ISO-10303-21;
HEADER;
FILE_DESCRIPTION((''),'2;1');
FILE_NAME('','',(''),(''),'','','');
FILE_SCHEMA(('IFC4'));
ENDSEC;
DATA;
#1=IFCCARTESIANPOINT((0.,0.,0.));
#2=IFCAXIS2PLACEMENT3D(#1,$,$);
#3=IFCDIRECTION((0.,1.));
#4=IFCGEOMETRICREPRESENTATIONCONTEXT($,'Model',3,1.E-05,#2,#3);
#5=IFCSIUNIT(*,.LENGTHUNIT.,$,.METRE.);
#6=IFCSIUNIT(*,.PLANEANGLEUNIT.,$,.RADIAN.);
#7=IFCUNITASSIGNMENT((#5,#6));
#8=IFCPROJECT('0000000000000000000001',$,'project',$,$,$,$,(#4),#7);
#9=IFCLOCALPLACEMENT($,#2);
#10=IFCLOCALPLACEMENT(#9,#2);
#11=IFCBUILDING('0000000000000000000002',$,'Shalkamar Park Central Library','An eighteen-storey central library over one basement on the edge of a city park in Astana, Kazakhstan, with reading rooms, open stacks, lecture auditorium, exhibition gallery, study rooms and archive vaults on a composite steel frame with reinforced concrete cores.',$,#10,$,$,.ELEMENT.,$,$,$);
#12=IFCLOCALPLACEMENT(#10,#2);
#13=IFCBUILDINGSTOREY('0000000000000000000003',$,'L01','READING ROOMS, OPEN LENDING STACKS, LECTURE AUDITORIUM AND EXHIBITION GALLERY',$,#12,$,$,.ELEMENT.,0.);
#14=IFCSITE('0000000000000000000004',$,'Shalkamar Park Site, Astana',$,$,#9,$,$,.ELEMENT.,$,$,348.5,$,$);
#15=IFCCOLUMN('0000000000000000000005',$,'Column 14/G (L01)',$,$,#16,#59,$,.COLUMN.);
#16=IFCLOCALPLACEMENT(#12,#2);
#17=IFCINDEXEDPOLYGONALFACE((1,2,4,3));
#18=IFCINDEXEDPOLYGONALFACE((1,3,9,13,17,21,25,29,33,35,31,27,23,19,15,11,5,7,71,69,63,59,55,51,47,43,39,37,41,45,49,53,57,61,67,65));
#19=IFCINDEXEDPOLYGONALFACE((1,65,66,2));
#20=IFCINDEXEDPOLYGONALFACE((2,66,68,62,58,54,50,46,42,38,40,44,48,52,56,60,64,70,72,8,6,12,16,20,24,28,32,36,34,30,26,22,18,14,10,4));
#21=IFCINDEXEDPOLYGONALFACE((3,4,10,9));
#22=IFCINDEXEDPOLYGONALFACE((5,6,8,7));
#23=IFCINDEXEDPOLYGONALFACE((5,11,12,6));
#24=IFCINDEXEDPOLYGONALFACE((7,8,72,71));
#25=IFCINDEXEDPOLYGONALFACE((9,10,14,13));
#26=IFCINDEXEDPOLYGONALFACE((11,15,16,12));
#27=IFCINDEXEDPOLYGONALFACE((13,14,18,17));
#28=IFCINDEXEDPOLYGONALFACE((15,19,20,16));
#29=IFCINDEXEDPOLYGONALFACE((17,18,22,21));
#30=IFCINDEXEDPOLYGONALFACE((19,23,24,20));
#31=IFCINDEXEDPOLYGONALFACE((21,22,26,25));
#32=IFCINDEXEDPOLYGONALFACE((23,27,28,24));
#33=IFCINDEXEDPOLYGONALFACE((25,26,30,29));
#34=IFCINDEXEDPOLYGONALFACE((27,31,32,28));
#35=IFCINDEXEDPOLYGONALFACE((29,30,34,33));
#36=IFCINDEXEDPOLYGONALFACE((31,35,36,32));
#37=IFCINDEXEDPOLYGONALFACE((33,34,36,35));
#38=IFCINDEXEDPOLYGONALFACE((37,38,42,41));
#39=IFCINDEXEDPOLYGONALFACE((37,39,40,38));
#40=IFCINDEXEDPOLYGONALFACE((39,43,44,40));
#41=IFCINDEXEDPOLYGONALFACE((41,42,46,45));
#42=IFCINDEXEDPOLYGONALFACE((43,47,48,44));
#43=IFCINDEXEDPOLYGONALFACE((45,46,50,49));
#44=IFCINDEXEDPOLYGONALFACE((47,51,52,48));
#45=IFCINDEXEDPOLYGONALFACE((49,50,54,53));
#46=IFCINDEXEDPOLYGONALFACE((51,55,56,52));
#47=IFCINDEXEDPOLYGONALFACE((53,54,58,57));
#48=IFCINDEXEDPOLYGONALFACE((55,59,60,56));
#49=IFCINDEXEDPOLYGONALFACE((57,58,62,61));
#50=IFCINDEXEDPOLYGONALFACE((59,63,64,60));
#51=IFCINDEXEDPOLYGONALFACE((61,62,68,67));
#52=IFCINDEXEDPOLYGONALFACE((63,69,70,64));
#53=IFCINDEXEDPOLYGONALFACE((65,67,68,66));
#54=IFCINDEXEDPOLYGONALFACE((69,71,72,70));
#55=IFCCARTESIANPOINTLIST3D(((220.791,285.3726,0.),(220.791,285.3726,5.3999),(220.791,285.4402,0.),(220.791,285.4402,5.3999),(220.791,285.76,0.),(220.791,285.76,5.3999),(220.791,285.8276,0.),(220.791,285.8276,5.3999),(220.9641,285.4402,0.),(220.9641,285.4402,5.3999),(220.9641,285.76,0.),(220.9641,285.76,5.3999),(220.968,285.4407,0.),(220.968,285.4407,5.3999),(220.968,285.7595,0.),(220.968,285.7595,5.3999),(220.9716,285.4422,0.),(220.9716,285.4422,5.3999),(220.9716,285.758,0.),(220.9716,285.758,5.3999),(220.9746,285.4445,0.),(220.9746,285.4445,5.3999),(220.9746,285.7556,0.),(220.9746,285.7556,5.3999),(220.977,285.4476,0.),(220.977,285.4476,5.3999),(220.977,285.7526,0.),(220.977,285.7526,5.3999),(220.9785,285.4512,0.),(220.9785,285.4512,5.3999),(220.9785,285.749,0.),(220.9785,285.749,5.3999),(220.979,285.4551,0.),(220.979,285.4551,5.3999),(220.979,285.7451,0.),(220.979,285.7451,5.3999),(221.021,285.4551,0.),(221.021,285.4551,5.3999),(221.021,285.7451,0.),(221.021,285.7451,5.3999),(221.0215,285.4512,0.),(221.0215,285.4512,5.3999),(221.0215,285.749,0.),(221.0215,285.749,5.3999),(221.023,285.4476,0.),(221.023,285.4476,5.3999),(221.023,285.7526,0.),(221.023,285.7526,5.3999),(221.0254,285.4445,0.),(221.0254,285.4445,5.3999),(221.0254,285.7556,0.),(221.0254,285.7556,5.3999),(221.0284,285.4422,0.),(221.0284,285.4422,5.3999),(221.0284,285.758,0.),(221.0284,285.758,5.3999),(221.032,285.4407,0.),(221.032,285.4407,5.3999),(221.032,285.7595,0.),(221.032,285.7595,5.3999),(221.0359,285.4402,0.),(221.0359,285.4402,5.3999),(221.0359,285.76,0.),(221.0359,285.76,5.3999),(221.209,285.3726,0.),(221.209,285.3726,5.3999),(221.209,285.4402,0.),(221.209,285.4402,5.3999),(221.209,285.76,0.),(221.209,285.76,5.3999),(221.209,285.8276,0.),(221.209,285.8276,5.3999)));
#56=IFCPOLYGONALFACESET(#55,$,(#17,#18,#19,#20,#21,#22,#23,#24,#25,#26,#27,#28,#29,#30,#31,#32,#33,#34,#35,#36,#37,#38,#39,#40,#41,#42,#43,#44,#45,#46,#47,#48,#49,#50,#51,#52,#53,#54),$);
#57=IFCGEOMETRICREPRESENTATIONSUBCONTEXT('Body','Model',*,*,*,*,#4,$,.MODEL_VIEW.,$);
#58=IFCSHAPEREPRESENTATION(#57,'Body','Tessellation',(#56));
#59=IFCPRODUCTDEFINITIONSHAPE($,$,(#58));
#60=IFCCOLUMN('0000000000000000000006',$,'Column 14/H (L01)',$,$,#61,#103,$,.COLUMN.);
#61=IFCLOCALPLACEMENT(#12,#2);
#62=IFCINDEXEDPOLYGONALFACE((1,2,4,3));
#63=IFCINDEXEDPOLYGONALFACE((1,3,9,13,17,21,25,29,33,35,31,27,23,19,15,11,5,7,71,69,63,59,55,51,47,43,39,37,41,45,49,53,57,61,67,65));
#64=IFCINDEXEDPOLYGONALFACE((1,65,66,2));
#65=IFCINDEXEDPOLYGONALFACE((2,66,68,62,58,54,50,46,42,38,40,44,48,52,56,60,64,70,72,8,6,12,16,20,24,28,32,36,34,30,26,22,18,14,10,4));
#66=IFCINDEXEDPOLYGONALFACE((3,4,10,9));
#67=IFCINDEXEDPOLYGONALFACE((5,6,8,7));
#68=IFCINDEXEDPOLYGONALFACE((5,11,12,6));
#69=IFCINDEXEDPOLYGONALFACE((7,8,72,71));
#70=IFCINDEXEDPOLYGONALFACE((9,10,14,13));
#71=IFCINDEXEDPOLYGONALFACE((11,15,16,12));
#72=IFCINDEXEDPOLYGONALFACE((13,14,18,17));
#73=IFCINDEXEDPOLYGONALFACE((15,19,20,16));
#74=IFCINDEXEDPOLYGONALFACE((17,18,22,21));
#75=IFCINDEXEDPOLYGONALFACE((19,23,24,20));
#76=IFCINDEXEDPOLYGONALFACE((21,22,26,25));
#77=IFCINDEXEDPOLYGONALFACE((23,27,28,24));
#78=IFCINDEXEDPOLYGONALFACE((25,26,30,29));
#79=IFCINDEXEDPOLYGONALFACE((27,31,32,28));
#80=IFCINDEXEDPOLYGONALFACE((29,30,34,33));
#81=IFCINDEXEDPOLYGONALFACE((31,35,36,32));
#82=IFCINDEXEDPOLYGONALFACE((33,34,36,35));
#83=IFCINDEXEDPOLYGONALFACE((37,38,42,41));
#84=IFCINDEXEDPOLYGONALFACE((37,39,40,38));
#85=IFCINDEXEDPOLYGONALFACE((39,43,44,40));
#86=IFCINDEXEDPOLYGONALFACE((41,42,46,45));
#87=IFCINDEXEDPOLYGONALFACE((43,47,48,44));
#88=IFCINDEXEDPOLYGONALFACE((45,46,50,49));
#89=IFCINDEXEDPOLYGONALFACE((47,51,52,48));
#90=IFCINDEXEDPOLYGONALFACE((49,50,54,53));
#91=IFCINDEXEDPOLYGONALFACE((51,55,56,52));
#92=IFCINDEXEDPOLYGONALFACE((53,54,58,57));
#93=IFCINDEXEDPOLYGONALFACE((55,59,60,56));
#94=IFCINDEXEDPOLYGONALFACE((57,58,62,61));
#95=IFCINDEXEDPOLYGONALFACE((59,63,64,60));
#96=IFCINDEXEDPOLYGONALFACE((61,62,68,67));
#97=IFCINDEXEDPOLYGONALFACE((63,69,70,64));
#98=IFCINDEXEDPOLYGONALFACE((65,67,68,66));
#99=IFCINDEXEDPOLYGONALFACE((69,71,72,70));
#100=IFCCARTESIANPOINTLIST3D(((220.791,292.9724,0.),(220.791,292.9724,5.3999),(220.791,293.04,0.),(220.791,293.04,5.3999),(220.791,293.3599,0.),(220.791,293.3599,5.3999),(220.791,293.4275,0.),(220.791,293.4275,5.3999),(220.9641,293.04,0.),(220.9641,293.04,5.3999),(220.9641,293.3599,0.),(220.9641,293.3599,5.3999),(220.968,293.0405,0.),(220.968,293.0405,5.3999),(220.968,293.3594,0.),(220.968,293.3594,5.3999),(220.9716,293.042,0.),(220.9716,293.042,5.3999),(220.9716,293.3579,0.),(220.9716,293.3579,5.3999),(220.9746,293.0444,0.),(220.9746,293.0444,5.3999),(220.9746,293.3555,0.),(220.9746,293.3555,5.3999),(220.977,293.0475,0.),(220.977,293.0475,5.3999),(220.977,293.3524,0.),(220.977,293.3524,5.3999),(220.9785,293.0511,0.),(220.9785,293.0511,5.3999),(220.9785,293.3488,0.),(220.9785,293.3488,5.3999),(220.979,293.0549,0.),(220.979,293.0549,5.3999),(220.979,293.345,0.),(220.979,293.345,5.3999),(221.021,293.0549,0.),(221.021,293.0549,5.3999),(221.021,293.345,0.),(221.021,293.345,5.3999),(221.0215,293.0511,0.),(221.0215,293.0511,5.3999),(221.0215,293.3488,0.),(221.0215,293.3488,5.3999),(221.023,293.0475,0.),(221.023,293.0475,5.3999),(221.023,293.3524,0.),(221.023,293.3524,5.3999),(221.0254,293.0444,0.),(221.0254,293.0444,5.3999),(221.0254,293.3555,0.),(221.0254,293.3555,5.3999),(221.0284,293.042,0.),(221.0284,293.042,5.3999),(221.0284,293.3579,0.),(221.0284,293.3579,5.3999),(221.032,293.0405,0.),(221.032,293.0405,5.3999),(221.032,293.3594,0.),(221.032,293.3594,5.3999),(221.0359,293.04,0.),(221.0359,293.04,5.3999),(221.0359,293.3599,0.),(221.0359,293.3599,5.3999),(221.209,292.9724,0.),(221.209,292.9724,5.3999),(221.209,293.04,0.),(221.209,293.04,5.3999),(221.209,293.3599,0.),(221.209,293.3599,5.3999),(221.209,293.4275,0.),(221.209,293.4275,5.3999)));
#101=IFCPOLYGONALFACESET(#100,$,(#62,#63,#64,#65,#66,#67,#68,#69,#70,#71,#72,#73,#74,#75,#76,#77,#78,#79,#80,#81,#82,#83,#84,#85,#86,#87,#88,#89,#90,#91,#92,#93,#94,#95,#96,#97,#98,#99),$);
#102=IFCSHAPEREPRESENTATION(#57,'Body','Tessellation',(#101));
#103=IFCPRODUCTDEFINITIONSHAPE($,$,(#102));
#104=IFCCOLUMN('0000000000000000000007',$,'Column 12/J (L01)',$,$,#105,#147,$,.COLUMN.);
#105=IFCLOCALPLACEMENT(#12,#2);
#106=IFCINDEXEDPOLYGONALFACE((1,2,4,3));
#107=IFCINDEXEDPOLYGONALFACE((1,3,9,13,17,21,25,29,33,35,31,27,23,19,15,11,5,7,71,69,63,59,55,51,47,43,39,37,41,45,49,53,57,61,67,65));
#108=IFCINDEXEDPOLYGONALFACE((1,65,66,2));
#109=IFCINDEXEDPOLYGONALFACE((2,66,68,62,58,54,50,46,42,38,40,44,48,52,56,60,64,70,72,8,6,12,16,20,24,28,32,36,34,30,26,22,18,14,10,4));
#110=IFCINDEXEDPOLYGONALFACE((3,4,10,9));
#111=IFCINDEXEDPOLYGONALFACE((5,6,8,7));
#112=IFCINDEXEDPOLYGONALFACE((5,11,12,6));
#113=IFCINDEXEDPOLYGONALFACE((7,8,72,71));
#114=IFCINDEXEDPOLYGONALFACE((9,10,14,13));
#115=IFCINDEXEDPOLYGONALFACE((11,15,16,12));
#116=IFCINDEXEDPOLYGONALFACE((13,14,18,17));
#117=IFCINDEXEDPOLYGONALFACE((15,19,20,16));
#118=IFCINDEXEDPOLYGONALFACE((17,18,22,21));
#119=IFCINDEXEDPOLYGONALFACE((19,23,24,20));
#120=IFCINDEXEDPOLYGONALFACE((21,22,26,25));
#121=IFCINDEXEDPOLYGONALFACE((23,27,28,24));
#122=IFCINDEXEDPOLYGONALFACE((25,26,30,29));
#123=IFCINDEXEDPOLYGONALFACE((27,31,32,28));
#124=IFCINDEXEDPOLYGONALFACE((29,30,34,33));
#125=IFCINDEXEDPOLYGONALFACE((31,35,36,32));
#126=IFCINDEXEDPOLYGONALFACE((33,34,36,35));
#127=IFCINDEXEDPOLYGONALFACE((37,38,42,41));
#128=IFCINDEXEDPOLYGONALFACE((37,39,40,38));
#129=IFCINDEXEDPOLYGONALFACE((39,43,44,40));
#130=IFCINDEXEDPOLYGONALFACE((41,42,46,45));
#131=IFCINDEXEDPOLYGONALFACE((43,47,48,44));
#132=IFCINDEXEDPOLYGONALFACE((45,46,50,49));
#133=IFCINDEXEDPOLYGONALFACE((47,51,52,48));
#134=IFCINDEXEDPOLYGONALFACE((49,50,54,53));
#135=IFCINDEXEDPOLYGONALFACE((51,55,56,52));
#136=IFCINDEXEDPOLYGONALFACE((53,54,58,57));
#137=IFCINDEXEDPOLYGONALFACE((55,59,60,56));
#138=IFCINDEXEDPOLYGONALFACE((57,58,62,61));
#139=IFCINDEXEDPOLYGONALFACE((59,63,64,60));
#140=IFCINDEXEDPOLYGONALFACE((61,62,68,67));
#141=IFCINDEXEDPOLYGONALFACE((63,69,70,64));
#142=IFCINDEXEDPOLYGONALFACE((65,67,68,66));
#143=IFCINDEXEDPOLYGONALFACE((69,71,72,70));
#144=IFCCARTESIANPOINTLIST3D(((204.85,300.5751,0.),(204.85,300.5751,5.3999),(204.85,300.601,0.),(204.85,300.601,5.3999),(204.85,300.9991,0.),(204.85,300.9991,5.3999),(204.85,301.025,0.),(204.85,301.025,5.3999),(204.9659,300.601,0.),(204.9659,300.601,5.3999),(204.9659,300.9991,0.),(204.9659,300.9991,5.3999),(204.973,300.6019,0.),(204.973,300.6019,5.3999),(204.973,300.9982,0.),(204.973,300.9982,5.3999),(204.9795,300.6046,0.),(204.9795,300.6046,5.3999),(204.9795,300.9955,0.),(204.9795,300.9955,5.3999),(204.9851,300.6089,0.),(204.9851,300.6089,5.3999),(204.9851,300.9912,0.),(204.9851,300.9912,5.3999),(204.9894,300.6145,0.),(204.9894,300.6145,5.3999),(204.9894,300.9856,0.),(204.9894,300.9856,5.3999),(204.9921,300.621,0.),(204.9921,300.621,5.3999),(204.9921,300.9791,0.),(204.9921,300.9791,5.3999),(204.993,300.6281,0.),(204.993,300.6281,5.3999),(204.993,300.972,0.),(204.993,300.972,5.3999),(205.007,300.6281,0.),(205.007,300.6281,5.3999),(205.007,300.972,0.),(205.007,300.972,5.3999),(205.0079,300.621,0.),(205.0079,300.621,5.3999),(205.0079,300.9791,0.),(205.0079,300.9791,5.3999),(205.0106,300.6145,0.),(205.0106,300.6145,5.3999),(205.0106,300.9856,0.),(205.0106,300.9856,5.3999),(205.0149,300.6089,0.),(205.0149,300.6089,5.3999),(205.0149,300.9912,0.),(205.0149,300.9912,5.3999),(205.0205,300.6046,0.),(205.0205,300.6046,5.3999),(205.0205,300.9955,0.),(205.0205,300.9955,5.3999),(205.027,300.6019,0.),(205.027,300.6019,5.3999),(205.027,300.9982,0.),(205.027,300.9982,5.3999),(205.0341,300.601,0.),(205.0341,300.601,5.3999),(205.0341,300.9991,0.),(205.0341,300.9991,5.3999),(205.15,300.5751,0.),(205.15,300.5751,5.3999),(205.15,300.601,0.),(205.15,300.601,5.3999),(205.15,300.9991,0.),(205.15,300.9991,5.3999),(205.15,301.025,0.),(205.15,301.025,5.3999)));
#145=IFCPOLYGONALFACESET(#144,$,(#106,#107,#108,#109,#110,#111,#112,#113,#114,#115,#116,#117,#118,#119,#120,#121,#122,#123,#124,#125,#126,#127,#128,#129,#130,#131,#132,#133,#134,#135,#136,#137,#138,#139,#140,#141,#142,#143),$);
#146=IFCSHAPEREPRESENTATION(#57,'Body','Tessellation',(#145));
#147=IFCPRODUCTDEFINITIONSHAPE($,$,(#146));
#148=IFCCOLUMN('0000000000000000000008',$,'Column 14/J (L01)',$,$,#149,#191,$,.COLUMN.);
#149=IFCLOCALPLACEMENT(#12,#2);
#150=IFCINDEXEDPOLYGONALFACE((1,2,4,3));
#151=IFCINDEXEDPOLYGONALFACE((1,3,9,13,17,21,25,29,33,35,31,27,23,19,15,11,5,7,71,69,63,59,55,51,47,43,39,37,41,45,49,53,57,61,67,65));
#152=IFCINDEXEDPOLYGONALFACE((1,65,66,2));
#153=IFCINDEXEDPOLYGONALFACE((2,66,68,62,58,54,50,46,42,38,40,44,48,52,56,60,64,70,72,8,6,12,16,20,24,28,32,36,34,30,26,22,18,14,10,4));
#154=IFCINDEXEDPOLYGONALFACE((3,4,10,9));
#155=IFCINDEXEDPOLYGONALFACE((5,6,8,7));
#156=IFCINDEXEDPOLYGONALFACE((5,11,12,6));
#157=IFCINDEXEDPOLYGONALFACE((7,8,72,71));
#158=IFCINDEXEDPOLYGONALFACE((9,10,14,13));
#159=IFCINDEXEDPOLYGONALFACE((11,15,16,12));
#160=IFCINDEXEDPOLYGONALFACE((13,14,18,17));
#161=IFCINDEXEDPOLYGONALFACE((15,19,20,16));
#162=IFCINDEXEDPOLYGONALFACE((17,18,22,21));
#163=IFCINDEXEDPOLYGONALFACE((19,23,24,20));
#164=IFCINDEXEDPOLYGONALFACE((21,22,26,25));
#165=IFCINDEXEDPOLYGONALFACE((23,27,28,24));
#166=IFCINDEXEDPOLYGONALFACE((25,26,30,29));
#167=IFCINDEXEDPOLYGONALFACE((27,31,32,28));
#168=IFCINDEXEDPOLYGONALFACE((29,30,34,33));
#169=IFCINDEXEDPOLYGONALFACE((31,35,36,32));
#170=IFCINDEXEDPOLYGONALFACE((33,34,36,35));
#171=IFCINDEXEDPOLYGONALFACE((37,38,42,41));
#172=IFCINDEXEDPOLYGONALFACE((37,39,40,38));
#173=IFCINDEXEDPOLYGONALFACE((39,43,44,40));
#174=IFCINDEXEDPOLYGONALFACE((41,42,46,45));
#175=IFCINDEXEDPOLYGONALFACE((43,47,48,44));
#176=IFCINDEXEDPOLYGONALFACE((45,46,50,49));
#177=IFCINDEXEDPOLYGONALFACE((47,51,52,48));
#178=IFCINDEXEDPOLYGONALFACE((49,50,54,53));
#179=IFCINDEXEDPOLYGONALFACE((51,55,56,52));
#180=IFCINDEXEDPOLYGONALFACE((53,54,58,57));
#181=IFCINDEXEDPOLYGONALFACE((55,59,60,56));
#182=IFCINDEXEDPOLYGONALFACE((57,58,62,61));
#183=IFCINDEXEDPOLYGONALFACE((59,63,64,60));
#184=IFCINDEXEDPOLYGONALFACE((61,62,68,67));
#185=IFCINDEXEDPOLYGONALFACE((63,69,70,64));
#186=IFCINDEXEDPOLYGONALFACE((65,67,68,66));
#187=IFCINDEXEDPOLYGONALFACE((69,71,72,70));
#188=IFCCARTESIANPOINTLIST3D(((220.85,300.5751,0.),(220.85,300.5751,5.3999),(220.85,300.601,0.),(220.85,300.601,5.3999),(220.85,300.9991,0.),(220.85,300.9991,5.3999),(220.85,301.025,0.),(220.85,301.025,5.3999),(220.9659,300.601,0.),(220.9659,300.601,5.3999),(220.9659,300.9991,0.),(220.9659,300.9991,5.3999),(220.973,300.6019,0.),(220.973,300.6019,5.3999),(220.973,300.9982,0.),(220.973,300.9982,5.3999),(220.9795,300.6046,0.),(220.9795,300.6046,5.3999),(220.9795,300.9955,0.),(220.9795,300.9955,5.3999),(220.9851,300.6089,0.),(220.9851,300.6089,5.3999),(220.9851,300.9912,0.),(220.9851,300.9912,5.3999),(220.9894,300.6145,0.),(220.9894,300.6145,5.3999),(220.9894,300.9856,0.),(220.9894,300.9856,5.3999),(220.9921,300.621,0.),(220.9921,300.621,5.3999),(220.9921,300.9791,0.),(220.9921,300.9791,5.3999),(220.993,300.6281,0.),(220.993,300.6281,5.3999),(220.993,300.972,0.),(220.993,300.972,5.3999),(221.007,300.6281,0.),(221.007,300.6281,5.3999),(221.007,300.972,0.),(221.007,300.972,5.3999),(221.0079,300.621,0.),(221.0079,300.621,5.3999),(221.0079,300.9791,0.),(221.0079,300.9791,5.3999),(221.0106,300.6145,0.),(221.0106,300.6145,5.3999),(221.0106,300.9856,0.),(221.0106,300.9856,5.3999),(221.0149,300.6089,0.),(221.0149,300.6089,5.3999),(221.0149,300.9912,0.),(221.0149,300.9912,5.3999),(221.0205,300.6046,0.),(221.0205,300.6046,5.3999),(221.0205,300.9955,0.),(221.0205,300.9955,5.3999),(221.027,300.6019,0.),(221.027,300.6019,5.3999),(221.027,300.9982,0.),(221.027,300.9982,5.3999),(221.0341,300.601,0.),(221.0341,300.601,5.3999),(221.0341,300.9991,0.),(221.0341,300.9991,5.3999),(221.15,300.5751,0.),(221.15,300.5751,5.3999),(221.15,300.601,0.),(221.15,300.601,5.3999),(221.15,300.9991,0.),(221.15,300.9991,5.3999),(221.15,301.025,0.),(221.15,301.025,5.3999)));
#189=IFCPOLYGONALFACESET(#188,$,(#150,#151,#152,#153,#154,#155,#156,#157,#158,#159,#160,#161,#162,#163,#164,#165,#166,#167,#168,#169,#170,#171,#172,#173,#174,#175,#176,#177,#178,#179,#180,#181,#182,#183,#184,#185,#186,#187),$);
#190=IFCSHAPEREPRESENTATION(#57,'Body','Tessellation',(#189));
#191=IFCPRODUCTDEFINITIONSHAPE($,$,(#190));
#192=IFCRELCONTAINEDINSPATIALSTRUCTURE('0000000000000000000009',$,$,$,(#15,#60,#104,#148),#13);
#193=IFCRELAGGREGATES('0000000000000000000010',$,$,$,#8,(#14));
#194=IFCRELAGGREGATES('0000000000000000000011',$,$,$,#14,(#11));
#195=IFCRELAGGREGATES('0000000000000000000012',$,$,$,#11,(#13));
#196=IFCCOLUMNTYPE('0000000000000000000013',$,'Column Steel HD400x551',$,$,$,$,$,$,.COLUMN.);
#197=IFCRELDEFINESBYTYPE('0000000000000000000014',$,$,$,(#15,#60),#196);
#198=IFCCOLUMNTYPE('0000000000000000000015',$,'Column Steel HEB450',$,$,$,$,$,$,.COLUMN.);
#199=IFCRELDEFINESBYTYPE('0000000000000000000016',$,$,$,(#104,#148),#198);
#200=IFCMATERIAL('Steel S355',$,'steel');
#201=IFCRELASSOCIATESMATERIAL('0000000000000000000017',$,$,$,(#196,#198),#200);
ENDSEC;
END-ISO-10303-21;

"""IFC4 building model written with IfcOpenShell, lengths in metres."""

from ifc_helpers import new_model, si_unit, direction, frame, origin, origin_2d, place, context, subcontext, project, spatial, i_section, extrude, material, material_profile, profile_set, type_object, element, save


model = new_model("IFC4")

# Units and contexts
model_context = context("Model", 3, precision=1e-05, world=origin(), true_north=direction((0.0, 1.0)))
body_context = subcontext(model_context, "Body", "Model", "MODEL_VIEW")
ifc_project = project(units=[si_unit("LENGTHUNIT", "METRE"), si_unit("PLANEANGLEUNIT", "RADIAN")], contexts=[model_context])

# Site, building, storey
site_placement = place(None, origin())
site = spatial("IfcSite", under=ifc_project, at=site_placement, Name="Shalkamar Park Site, Astana", CompositionType="ELEMENT", RefElevation=348.5)
building_placement = place(site_placement, origin())
building = spatial("IfcBuilding", under=site, at=building_placement, Name="Shalkamar Park Central Library", Description="An eighteen-storey central library over one basement on the edge of a city park in Astana, Kazakhstan, with reading rooms, open stacks, lecture auditorium, exhibition gallery, study rooms and archive vaults on a composite steel frame with reinforced concrete cores.", CompositionType="ELEMENT")
storey_placement = place(building_placement, origin())
storey = spatial("IfcBuildingStorey", under=building, at=storey_placement, Name="L01", Description="READING ROOMS, OPEN LENDING STACKS, LECTURE AUDITORIUM AND EXHIBITION GALLERY", CompositionType="ELEMENT", Elevation=0.0)

# Columns
ifc_material = material(Name="Steel S355", Category="steel")
ifc_material_profile_1 = material_profile(ifc_material, i_section(OverallWidth=0.418, OverallDepth=0.4551, WebThickness=0.042, FlangeThickness=0.0676, FilletRadius=0.0149, at=origin_2d()), Name="HD 400x551")
ifc_profile_set_1 = profile_set([ifc_material_profile_1], Name="Steel S355")
column_type_1 = type_object("IfcColumnType", Name="Column Steel HD400x551", PredefinedType="COLUMN", material=ifc_profile_set_1)
for number, where, z_axis, x_axis, name in (
    (1, (221.0, 285.6001, 0.0), (0.0, 0.0, 1.0), (1.0, 0.0, 0.0), "Column 14/G (L01)"),
    (2, (221.0, 293.2, 0.0), (0.0, 0.0, 1.0), (1.0, 0.0, 0.0), "Column 14/H (L01)"),
):
    element("IfcColumn", number, at=place(storey_placement, frame(where, z_axis=z_axis, x_axis=x_axis)), inside=storey, type_object=column_type_1, Name=name, PredefinedType="COLUMN", context=body_context, shape_type="SweptSolid", body=[
        extrude(i_section(OverallWidth=0.418, OverallDepth=0.4551, WebThickness=0.042, FlangeThickness=0.0676, FilletRadius=0.0149, at=origin_2d()), origin(), (0.0, 0.0, 1.0), 5.3999),
    ])
ifc_material_profile_2 = material_profile(ifc_material, i_section(OverallWidth=0.3, OverallDepth=0.45, WebThickness=0.0139, FlangeThickness=0.0259, FilletRadius=0.0271, at=origin_2d()), Name="HEB 450")
ifc_profile_set_2 = profile_set([ifc_material_profile_2], Name="Steel S355")
column_type_2 = type_object("IfcColumnType", Name="Column Steel HEB450", PredefinedType="COLUMN", material=ifc_profile_set_2)
for number, where, z_axis, x_axis, name in (
    (3, (205.0, 300.8, 0.0), (0.0, 0.0, 1.0), (1.0, 0.0, 0.0), "Column 12/J (L01)"),
    (4, (221.0, 300.8, 0.0), (0.0, 0.0, 1.0), (1.0, 0.0, 0.0), "Column 14/J (L01)"),
):
    element("IfcColumn", number, at=place(storey_placement, frame(where, z_axis=z_axis, x_axis=x_axis)), inside=storey, type_object=column_type_2, Name=name, PredefinedType="COLUMN", context=body_context, shape_type="SweptSolid", body=[
        extrude(i_section(OverallWidth=0.3, OverallDepth=0.45, WebThickness=0.0139, FlangeThickness=0.0259, FilletRadius=0.0271, at=origin_2d()), origin(), (0.0, 0.0, 1.0), 5.3999),
    ])

save(model, "model.ifc")
